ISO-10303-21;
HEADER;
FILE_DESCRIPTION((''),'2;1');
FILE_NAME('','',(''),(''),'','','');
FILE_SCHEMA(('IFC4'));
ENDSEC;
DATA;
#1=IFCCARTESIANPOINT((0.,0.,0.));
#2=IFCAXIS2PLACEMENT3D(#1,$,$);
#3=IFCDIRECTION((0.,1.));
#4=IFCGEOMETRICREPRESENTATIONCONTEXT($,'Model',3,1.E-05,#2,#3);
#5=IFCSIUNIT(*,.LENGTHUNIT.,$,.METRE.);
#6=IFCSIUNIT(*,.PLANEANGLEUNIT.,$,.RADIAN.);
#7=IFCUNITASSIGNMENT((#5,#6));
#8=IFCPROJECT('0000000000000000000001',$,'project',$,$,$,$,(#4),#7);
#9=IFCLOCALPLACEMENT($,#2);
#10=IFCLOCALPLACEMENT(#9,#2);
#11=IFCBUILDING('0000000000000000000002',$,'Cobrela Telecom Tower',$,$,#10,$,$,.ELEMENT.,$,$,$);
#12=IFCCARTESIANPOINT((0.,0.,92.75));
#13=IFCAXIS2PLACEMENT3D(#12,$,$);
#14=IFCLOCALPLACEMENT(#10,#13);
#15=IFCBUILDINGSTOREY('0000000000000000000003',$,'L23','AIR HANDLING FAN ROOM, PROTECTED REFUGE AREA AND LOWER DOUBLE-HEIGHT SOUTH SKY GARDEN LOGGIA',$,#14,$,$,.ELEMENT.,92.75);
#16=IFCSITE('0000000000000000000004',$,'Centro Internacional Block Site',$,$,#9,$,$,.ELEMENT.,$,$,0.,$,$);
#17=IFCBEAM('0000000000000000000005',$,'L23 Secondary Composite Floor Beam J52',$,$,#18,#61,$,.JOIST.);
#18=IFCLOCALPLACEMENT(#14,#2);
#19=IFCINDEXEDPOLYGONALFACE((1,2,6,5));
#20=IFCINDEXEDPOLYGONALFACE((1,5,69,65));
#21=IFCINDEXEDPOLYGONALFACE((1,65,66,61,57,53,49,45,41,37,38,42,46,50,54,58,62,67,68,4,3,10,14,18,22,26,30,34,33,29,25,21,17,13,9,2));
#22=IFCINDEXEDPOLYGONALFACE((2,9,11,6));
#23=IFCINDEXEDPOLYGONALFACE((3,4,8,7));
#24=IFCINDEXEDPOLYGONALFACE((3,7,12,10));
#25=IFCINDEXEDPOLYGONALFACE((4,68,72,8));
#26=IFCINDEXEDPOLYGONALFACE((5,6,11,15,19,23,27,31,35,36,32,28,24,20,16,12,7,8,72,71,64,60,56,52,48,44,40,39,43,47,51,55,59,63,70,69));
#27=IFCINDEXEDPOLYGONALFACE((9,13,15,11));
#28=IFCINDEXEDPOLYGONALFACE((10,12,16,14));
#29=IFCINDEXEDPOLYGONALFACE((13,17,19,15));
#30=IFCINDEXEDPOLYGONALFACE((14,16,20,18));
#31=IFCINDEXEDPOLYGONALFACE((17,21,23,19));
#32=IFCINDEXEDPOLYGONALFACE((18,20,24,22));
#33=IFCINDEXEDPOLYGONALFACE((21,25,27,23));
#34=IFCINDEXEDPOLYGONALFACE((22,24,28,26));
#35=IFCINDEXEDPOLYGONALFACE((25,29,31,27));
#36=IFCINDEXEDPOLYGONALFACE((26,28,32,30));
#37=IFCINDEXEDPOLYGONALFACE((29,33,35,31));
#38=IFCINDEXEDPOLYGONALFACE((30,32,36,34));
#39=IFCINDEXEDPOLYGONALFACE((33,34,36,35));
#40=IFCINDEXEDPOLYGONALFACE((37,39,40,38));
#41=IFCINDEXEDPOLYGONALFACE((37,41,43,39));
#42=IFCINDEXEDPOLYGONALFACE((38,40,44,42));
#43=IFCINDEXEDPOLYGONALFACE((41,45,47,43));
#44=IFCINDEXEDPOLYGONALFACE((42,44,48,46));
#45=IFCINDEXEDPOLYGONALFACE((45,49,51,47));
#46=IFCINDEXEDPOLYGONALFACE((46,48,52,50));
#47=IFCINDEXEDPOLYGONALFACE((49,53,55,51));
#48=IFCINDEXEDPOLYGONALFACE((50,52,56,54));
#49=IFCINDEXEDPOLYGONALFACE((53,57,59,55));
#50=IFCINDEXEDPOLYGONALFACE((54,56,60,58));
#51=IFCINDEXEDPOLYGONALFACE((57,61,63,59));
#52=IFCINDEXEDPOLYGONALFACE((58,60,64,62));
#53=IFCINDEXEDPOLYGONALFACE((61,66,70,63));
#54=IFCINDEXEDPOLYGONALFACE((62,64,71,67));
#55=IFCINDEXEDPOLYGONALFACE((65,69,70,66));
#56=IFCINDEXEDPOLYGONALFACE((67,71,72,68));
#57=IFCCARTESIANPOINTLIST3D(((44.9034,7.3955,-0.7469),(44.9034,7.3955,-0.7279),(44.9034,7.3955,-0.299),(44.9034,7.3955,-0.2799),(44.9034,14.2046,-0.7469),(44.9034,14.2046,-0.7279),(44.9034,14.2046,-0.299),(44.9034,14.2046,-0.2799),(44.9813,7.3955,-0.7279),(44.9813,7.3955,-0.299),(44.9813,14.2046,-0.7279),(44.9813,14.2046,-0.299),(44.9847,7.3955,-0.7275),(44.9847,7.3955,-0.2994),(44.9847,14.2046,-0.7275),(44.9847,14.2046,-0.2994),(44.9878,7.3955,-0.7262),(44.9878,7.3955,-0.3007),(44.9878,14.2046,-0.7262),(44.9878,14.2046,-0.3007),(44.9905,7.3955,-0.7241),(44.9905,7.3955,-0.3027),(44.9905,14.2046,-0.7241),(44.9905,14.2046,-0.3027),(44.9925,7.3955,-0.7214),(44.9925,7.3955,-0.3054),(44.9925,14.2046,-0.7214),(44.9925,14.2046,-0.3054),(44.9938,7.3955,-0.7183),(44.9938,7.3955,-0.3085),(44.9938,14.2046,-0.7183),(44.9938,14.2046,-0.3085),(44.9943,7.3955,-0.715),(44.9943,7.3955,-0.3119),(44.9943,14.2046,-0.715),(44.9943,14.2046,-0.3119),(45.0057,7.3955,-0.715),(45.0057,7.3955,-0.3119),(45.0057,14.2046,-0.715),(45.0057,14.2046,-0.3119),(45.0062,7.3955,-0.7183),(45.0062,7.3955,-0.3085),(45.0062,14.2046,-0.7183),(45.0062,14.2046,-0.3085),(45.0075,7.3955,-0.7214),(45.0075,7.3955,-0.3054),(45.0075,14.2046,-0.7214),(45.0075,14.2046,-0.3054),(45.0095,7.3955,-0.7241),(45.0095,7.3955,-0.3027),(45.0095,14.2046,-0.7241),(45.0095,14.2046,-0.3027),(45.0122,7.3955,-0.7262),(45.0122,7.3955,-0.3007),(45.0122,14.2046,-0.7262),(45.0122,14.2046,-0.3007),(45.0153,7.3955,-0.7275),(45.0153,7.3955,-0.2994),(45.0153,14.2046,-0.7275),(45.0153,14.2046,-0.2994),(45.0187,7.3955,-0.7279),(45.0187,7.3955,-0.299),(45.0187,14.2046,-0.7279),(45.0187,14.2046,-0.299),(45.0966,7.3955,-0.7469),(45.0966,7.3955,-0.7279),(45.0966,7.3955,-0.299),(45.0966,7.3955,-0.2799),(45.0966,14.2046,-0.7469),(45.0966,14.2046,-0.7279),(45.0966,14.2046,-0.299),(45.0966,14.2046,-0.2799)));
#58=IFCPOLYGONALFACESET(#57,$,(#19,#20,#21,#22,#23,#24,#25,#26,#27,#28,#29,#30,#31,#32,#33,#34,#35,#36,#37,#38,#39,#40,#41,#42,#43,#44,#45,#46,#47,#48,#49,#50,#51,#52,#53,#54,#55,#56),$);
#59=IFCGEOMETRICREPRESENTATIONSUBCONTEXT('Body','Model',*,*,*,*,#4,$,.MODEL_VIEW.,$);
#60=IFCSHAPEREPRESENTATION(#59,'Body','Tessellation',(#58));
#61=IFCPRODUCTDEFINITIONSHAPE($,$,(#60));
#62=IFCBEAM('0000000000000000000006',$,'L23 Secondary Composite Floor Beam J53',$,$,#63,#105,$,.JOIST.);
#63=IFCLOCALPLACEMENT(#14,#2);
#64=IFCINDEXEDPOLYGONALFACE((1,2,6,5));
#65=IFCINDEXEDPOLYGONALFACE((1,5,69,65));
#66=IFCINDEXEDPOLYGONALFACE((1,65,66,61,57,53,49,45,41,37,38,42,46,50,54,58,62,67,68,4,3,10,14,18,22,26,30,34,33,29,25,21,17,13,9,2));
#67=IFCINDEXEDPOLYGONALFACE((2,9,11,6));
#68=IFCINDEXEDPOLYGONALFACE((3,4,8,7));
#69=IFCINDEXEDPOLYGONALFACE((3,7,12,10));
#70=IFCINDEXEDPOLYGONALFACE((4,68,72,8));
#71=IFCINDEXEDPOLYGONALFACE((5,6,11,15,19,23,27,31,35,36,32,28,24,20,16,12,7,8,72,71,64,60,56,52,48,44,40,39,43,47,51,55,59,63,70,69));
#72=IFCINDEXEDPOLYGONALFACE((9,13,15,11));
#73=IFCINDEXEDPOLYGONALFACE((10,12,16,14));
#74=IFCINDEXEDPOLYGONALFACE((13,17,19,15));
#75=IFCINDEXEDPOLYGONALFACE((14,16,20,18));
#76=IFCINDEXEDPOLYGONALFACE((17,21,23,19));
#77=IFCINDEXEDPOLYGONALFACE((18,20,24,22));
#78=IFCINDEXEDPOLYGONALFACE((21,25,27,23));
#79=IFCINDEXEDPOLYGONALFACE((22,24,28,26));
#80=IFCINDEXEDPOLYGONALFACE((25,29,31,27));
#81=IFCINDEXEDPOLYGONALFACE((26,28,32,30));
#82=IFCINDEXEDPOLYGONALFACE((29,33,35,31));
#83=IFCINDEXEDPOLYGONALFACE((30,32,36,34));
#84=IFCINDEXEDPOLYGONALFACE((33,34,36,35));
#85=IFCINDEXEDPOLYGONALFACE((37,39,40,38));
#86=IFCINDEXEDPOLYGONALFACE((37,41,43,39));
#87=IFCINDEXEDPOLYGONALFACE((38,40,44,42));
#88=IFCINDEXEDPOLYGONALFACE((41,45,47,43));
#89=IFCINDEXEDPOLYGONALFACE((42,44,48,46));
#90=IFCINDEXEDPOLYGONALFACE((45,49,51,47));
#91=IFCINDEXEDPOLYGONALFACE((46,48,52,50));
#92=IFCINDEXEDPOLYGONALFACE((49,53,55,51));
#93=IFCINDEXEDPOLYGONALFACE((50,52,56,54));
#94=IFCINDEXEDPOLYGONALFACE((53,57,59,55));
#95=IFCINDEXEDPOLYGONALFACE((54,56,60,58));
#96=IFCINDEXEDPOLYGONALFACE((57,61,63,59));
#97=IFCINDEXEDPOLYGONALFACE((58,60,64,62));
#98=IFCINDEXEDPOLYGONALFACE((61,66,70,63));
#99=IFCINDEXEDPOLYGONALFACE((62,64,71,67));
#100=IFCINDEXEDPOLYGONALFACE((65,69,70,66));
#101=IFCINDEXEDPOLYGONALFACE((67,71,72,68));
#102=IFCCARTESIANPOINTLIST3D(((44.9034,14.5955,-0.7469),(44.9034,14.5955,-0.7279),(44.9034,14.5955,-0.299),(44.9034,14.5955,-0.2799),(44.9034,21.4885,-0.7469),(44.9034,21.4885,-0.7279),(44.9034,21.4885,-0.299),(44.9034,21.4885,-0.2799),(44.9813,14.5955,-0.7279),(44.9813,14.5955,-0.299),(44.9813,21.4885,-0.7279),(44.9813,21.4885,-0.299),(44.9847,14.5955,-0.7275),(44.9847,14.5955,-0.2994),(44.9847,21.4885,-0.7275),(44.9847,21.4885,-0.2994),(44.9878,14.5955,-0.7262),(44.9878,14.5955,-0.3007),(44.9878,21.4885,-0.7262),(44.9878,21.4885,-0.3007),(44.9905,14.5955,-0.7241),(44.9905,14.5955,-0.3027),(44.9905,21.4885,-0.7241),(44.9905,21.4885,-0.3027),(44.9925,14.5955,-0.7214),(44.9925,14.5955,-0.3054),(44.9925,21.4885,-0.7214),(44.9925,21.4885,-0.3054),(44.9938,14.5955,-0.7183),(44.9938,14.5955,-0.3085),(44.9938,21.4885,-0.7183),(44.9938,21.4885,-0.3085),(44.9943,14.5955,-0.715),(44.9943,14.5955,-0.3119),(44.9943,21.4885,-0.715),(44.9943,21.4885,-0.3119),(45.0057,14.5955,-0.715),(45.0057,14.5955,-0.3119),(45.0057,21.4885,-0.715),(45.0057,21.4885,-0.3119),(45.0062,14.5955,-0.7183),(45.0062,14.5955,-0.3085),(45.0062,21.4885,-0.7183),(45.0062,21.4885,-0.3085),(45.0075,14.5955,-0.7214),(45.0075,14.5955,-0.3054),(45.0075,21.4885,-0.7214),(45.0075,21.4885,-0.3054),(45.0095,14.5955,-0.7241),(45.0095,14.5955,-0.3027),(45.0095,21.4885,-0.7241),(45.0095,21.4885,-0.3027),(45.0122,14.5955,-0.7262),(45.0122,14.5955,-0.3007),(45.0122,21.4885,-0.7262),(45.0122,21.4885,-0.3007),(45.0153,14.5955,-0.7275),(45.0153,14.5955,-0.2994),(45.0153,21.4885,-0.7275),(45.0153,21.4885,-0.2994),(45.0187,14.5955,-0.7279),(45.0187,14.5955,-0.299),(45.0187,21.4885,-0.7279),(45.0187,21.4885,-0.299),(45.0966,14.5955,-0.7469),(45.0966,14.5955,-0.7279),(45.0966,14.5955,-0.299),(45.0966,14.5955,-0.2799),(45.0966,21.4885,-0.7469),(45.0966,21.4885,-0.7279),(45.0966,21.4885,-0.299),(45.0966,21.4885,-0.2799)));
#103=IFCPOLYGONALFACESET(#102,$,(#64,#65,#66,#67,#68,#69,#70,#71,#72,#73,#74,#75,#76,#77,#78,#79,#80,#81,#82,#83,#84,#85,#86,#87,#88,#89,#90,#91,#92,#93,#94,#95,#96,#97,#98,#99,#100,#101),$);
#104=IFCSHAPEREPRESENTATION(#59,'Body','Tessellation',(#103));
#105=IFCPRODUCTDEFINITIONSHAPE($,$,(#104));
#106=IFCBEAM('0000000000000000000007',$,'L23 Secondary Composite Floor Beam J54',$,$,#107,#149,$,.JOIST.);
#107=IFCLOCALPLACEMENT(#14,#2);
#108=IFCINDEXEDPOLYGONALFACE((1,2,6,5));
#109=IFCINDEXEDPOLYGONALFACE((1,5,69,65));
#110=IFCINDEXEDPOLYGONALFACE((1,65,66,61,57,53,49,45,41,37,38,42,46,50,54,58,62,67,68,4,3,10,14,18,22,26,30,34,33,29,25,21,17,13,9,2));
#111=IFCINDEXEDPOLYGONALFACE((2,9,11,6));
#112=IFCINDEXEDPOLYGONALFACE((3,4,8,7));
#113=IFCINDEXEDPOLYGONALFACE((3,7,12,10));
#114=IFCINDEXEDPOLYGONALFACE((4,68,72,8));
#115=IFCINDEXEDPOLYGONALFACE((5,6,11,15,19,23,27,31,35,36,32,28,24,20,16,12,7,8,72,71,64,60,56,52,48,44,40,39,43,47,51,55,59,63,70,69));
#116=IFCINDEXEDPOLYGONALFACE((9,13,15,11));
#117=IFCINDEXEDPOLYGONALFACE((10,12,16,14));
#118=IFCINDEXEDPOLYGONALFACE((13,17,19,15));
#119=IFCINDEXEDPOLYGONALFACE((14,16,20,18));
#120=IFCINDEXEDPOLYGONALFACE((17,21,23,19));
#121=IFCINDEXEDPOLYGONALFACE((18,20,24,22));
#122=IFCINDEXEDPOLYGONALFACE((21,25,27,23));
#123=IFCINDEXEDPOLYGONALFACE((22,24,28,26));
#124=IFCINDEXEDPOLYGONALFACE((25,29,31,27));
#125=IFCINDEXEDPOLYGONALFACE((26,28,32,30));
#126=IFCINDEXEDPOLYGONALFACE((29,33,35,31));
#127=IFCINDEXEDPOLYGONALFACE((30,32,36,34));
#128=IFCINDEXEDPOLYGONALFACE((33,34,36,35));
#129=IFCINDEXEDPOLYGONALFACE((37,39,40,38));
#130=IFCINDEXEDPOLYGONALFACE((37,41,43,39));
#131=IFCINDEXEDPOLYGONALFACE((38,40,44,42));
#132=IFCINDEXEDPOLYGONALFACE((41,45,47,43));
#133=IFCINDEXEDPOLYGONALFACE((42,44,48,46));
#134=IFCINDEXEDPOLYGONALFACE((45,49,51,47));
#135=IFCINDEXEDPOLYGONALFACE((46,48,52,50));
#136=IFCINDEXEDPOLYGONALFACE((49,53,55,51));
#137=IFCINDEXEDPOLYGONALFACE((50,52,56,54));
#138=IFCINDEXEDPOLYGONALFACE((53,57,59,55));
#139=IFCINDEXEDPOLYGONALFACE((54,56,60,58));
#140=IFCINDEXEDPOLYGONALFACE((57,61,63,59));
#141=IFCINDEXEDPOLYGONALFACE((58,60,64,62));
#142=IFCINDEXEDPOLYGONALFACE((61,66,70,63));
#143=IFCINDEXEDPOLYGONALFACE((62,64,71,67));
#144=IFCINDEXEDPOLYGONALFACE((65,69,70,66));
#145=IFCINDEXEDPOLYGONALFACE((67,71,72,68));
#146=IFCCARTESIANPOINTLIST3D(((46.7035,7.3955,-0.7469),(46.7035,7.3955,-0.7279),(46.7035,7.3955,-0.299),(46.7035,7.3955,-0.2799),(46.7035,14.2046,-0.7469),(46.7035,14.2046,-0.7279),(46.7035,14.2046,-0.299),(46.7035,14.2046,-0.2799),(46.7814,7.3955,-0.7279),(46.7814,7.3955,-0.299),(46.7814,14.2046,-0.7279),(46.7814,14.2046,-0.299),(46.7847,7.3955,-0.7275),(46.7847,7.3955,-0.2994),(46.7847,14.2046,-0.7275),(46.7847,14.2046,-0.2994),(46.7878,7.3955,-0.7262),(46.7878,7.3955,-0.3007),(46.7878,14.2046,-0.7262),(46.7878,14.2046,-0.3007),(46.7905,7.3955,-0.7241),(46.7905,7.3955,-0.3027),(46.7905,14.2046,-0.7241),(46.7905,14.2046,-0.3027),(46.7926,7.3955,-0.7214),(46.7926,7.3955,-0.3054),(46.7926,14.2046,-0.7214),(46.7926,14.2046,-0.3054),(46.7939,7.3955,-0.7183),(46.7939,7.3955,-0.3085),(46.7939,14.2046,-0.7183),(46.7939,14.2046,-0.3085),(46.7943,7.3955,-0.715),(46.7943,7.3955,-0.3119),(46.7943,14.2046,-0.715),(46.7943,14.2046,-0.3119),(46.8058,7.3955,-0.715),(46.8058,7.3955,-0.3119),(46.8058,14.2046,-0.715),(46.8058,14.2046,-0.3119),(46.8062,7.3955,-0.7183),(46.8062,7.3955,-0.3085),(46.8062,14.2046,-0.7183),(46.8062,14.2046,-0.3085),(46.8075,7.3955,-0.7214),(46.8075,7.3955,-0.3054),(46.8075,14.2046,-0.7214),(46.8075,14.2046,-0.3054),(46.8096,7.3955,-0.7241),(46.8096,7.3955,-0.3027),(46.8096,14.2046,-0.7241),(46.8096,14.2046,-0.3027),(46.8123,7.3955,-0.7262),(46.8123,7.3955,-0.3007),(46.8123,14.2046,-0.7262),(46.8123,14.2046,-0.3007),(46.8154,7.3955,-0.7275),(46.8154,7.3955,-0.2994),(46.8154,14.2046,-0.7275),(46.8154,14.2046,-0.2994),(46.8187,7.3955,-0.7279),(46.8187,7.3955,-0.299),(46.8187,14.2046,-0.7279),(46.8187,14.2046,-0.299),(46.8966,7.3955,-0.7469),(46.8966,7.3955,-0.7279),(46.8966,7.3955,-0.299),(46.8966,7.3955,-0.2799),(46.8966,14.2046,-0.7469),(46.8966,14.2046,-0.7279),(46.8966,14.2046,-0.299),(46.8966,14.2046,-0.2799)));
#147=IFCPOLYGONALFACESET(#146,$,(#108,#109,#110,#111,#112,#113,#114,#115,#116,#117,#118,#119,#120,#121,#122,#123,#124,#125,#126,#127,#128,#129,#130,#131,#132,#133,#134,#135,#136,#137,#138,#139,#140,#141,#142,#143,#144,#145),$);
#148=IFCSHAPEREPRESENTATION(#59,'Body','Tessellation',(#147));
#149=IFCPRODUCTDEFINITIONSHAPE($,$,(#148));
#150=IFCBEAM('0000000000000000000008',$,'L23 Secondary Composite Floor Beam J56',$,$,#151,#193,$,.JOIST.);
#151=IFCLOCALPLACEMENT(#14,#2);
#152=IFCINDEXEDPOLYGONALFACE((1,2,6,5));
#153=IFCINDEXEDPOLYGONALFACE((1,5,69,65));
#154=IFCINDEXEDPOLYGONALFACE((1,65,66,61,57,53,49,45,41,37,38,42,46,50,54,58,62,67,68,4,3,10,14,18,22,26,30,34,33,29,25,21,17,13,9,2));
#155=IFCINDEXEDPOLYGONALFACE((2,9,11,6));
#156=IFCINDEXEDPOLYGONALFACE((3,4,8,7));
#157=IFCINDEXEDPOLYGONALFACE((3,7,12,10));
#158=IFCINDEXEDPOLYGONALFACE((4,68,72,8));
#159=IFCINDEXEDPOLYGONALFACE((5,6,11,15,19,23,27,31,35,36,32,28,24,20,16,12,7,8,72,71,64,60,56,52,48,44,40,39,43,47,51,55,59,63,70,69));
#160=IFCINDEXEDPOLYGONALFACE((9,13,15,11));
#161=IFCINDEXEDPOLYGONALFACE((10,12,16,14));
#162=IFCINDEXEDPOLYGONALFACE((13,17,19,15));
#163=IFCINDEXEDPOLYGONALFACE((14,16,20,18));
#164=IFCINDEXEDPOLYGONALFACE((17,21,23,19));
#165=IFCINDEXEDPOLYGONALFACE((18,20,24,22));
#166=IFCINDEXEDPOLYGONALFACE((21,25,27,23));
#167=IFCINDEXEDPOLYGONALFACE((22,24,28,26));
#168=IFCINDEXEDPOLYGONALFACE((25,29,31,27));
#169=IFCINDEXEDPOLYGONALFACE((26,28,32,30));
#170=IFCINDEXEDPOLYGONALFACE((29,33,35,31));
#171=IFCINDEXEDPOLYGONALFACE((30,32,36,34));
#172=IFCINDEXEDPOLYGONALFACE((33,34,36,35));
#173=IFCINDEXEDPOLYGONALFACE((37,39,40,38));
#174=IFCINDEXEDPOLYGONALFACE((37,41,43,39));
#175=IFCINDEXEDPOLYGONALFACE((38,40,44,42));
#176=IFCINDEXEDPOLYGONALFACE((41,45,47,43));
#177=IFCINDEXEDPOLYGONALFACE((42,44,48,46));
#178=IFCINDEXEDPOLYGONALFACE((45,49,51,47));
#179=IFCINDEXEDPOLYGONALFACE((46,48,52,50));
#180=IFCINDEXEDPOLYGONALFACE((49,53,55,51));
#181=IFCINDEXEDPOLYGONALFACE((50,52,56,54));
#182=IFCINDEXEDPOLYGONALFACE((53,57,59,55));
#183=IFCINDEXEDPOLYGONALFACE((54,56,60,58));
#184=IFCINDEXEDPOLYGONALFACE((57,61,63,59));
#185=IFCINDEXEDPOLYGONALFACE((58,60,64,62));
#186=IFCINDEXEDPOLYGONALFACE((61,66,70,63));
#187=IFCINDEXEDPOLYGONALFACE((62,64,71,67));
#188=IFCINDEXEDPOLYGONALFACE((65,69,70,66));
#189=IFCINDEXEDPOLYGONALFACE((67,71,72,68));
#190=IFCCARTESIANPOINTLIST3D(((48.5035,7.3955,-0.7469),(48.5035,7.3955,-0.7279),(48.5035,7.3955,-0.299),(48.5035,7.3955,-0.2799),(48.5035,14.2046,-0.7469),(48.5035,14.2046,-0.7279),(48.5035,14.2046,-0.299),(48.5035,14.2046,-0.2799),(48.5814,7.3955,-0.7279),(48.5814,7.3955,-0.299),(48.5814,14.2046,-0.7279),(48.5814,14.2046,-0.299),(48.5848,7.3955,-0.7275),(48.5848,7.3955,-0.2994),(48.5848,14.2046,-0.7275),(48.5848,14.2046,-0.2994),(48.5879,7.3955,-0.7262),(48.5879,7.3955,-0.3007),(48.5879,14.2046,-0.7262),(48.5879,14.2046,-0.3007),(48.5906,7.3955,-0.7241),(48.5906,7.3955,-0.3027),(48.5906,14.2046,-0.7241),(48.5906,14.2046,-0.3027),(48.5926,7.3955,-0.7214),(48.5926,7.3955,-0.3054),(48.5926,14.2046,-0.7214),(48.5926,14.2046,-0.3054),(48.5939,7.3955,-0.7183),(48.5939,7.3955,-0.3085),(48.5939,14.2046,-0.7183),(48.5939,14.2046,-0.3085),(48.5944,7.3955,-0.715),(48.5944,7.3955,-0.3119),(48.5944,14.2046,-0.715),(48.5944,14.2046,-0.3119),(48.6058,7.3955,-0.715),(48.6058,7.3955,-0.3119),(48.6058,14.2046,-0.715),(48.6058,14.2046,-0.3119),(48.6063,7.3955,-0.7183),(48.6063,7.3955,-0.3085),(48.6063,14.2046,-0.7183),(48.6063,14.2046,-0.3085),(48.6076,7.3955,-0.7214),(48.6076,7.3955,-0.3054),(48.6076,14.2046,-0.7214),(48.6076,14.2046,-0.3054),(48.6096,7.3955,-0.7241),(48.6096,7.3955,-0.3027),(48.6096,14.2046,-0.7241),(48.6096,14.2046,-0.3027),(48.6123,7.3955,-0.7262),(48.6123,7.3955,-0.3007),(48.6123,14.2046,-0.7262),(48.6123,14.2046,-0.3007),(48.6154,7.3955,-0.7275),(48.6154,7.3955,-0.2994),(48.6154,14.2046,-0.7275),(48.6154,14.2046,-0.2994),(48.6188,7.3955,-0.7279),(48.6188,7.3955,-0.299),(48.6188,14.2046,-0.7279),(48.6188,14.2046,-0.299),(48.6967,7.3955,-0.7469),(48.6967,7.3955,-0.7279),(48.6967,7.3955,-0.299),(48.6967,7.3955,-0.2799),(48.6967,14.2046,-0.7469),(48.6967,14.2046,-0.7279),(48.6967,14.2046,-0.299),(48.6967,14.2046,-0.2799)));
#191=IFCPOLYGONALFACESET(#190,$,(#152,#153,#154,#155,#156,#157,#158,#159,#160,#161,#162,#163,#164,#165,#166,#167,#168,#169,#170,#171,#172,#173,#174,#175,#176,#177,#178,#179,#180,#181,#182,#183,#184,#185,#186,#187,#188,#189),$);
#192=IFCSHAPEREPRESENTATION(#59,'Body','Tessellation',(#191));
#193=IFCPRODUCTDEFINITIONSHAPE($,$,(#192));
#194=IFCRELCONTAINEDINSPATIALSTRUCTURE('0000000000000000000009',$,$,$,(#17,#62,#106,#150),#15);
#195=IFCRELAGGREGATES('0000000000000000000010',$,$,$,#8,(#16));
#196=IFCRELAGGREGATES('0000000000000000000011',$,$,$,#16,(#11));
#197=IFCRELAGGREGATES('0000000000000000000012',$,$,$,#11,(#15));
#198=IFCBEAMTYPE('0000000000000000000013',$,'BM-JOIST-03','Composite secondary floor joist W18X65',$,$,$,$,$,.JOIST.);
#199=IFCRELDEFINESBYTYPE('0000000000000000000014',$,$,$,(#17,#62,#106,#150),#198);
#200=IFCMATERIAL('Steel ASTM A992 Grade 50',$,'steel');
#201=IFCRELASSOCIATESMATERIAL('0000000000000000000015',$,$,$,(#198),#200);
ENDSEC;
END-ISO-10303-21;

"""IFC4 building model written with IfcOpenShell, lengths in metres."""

from ifc_helpers import new_model, si_unit, direction, frame, origin, origin_2d, place, context, subcontext, project, spatial, i_section, extrude, material, material_profile, profile_set, type_object, element, save


model = new_model("IFC4")

# Units and contexts
model_context = context("Model", 3, precision=1e-05, world=origin(), true_north=direction((0.0, 1.0)))
body_context = subcontext(model_context, "Body", "Model", "MODEL_VIEW")
ifc_project = project(units=[si_unit("LENGTHUNIT", "METRE"), si_unit("PLANEANGLEUNIT", "RADIAN")], contexts=[model_context])

# Site, building, storey
site_placement = place(None, origin())
site = spatial("IfcSite", under=ifc_project, at=site_placement, Name="Centro Internacional Block Site", CompositionType="ELEMENT", RefElevation=0.0)
building_placement = place(site_placement, origin())
building = spatial("IfcBuilding", under=site, at=building_placement, Name="Cobrela Telecom Tower", CompositionType="ELEMENT")
storey_placement = place(building_placement, frame((0.0, 0.0, 92.75)))
storey = spatial("IfcBuildingStorey", under=building, at=storey_placement, Name="L23", Description="AIR HANDLING FAN ROOM, PROTECTED REFUGE AREA AND LOWER DOUBLE-HEIGHT SOUTH SKY GARDEN LOGGIA", CompositionType="ELEMENT", Elevation=92.75)

# Shared definitions
ifc_material_1 = material(Name="Steel ASTM A992 Grade 50", Category="steel")

# Beams
ifc_material_profile_1 = material_profile(ifc_material_1, i_section(OverallWidth=0.1931, OverallDepth=0.467, WebThickness=0.0115, FlangeThickness=0.019, FilletRadius=0.0129, at=origin_2d()), Name="W18X65")
ifc_profile_set_1 = profile_set([ifc_material_profile_1], Name="Steel ASTM A992 Grade 50")
beam_type_1 = type_object("IfcBeamType", Name="BM-JOIST-03", Description="Composite secondary floor joist W18X65", PredefinedType="JOIST", material=ifc_profile_set_1)
for number, where, z_axis, x_axis, name in (
    (1, (45.0, 7.3955, -0.5134), (0.0, 1.0, 0.0), (-1.0, 0.0, 0.0), "L23 Secondary Composite Floor Beam J52"),
):
    element("IfcBeam", number, at=place(storey_placement, frame(where, z_axis=z_axis, x_axis=x_axis)), inside=storey, type_object=beam_type_1, Name=name, PredefinedType="JOIST", context=body_context, shape_type="SweptSolid", body=[
        extrude(i_section(OverallWidth=0.1931, OverallDepth=0.467, WebThickness=0.0115, FlangeThickness=0.019, FilletRadius=0.0129, at=origin_2d()), origin(), (0.0, 0.0, 1.0), 6.8091),
    ])
beam_1_placement = place(storey_placement, frame((45.0, 14.5955, -0.5134), z_axis=(0.0, 1.0, 0.0), x_axis=(-1.0, 0.0, 0.0)))
element("IfcBeam", 2, at=beam_1_placement, inside=storey, type_object=beam_type_1, Name="L23 Secondary Composite Floor Beam J53", PredefinedType="JOIST", context=body_context, shape_type="SweptSolid", body=[
    extrude(i_section(OverallWidth=0.1931, OverallDepth=0.467, WebThickness=0.0115, FlangeThickness=0.019, FilletRadius=0.0129, at=origin_2d()), origin(), (0.0, 0.0, 1.0), 6.8931),
])
for number, where, z_axis, x_axis, name in (
    (3, (46.8, 7.3955, -0.5134), (0.0, 1.0, 0.0), (-1.0, 0.0, 0.0), "L23 Secondary Composite Floor Beam J54"),
    (4, (48.6001, 7.3955, -0.5134), (0.0, 1.0, 0.0), (-1.0, 0.0, 0.0), "L23 Secondary Composite Floor Beam J56"),
):
    element("IfcBeam", number, at=place(storey_placement, frame(where, z_axis=z_axis, x_axis=x_axis)), inside=storey, type_object=beam_type_1, Name=name, PredefinedType="JOIST", context=body_context, shape_type="SweptSolid", body=[
        extrude(i_section(OverallWidth=0.1931, OverallDepth=0.467, WebThickness=0.0115, FlangeThickness=0.019, FilletRadius=0.0129, at=origin_2d()), origin(), (0.0, 0.0, 1.0), 6.8091),
    ])

save(model, "model.ifc")
